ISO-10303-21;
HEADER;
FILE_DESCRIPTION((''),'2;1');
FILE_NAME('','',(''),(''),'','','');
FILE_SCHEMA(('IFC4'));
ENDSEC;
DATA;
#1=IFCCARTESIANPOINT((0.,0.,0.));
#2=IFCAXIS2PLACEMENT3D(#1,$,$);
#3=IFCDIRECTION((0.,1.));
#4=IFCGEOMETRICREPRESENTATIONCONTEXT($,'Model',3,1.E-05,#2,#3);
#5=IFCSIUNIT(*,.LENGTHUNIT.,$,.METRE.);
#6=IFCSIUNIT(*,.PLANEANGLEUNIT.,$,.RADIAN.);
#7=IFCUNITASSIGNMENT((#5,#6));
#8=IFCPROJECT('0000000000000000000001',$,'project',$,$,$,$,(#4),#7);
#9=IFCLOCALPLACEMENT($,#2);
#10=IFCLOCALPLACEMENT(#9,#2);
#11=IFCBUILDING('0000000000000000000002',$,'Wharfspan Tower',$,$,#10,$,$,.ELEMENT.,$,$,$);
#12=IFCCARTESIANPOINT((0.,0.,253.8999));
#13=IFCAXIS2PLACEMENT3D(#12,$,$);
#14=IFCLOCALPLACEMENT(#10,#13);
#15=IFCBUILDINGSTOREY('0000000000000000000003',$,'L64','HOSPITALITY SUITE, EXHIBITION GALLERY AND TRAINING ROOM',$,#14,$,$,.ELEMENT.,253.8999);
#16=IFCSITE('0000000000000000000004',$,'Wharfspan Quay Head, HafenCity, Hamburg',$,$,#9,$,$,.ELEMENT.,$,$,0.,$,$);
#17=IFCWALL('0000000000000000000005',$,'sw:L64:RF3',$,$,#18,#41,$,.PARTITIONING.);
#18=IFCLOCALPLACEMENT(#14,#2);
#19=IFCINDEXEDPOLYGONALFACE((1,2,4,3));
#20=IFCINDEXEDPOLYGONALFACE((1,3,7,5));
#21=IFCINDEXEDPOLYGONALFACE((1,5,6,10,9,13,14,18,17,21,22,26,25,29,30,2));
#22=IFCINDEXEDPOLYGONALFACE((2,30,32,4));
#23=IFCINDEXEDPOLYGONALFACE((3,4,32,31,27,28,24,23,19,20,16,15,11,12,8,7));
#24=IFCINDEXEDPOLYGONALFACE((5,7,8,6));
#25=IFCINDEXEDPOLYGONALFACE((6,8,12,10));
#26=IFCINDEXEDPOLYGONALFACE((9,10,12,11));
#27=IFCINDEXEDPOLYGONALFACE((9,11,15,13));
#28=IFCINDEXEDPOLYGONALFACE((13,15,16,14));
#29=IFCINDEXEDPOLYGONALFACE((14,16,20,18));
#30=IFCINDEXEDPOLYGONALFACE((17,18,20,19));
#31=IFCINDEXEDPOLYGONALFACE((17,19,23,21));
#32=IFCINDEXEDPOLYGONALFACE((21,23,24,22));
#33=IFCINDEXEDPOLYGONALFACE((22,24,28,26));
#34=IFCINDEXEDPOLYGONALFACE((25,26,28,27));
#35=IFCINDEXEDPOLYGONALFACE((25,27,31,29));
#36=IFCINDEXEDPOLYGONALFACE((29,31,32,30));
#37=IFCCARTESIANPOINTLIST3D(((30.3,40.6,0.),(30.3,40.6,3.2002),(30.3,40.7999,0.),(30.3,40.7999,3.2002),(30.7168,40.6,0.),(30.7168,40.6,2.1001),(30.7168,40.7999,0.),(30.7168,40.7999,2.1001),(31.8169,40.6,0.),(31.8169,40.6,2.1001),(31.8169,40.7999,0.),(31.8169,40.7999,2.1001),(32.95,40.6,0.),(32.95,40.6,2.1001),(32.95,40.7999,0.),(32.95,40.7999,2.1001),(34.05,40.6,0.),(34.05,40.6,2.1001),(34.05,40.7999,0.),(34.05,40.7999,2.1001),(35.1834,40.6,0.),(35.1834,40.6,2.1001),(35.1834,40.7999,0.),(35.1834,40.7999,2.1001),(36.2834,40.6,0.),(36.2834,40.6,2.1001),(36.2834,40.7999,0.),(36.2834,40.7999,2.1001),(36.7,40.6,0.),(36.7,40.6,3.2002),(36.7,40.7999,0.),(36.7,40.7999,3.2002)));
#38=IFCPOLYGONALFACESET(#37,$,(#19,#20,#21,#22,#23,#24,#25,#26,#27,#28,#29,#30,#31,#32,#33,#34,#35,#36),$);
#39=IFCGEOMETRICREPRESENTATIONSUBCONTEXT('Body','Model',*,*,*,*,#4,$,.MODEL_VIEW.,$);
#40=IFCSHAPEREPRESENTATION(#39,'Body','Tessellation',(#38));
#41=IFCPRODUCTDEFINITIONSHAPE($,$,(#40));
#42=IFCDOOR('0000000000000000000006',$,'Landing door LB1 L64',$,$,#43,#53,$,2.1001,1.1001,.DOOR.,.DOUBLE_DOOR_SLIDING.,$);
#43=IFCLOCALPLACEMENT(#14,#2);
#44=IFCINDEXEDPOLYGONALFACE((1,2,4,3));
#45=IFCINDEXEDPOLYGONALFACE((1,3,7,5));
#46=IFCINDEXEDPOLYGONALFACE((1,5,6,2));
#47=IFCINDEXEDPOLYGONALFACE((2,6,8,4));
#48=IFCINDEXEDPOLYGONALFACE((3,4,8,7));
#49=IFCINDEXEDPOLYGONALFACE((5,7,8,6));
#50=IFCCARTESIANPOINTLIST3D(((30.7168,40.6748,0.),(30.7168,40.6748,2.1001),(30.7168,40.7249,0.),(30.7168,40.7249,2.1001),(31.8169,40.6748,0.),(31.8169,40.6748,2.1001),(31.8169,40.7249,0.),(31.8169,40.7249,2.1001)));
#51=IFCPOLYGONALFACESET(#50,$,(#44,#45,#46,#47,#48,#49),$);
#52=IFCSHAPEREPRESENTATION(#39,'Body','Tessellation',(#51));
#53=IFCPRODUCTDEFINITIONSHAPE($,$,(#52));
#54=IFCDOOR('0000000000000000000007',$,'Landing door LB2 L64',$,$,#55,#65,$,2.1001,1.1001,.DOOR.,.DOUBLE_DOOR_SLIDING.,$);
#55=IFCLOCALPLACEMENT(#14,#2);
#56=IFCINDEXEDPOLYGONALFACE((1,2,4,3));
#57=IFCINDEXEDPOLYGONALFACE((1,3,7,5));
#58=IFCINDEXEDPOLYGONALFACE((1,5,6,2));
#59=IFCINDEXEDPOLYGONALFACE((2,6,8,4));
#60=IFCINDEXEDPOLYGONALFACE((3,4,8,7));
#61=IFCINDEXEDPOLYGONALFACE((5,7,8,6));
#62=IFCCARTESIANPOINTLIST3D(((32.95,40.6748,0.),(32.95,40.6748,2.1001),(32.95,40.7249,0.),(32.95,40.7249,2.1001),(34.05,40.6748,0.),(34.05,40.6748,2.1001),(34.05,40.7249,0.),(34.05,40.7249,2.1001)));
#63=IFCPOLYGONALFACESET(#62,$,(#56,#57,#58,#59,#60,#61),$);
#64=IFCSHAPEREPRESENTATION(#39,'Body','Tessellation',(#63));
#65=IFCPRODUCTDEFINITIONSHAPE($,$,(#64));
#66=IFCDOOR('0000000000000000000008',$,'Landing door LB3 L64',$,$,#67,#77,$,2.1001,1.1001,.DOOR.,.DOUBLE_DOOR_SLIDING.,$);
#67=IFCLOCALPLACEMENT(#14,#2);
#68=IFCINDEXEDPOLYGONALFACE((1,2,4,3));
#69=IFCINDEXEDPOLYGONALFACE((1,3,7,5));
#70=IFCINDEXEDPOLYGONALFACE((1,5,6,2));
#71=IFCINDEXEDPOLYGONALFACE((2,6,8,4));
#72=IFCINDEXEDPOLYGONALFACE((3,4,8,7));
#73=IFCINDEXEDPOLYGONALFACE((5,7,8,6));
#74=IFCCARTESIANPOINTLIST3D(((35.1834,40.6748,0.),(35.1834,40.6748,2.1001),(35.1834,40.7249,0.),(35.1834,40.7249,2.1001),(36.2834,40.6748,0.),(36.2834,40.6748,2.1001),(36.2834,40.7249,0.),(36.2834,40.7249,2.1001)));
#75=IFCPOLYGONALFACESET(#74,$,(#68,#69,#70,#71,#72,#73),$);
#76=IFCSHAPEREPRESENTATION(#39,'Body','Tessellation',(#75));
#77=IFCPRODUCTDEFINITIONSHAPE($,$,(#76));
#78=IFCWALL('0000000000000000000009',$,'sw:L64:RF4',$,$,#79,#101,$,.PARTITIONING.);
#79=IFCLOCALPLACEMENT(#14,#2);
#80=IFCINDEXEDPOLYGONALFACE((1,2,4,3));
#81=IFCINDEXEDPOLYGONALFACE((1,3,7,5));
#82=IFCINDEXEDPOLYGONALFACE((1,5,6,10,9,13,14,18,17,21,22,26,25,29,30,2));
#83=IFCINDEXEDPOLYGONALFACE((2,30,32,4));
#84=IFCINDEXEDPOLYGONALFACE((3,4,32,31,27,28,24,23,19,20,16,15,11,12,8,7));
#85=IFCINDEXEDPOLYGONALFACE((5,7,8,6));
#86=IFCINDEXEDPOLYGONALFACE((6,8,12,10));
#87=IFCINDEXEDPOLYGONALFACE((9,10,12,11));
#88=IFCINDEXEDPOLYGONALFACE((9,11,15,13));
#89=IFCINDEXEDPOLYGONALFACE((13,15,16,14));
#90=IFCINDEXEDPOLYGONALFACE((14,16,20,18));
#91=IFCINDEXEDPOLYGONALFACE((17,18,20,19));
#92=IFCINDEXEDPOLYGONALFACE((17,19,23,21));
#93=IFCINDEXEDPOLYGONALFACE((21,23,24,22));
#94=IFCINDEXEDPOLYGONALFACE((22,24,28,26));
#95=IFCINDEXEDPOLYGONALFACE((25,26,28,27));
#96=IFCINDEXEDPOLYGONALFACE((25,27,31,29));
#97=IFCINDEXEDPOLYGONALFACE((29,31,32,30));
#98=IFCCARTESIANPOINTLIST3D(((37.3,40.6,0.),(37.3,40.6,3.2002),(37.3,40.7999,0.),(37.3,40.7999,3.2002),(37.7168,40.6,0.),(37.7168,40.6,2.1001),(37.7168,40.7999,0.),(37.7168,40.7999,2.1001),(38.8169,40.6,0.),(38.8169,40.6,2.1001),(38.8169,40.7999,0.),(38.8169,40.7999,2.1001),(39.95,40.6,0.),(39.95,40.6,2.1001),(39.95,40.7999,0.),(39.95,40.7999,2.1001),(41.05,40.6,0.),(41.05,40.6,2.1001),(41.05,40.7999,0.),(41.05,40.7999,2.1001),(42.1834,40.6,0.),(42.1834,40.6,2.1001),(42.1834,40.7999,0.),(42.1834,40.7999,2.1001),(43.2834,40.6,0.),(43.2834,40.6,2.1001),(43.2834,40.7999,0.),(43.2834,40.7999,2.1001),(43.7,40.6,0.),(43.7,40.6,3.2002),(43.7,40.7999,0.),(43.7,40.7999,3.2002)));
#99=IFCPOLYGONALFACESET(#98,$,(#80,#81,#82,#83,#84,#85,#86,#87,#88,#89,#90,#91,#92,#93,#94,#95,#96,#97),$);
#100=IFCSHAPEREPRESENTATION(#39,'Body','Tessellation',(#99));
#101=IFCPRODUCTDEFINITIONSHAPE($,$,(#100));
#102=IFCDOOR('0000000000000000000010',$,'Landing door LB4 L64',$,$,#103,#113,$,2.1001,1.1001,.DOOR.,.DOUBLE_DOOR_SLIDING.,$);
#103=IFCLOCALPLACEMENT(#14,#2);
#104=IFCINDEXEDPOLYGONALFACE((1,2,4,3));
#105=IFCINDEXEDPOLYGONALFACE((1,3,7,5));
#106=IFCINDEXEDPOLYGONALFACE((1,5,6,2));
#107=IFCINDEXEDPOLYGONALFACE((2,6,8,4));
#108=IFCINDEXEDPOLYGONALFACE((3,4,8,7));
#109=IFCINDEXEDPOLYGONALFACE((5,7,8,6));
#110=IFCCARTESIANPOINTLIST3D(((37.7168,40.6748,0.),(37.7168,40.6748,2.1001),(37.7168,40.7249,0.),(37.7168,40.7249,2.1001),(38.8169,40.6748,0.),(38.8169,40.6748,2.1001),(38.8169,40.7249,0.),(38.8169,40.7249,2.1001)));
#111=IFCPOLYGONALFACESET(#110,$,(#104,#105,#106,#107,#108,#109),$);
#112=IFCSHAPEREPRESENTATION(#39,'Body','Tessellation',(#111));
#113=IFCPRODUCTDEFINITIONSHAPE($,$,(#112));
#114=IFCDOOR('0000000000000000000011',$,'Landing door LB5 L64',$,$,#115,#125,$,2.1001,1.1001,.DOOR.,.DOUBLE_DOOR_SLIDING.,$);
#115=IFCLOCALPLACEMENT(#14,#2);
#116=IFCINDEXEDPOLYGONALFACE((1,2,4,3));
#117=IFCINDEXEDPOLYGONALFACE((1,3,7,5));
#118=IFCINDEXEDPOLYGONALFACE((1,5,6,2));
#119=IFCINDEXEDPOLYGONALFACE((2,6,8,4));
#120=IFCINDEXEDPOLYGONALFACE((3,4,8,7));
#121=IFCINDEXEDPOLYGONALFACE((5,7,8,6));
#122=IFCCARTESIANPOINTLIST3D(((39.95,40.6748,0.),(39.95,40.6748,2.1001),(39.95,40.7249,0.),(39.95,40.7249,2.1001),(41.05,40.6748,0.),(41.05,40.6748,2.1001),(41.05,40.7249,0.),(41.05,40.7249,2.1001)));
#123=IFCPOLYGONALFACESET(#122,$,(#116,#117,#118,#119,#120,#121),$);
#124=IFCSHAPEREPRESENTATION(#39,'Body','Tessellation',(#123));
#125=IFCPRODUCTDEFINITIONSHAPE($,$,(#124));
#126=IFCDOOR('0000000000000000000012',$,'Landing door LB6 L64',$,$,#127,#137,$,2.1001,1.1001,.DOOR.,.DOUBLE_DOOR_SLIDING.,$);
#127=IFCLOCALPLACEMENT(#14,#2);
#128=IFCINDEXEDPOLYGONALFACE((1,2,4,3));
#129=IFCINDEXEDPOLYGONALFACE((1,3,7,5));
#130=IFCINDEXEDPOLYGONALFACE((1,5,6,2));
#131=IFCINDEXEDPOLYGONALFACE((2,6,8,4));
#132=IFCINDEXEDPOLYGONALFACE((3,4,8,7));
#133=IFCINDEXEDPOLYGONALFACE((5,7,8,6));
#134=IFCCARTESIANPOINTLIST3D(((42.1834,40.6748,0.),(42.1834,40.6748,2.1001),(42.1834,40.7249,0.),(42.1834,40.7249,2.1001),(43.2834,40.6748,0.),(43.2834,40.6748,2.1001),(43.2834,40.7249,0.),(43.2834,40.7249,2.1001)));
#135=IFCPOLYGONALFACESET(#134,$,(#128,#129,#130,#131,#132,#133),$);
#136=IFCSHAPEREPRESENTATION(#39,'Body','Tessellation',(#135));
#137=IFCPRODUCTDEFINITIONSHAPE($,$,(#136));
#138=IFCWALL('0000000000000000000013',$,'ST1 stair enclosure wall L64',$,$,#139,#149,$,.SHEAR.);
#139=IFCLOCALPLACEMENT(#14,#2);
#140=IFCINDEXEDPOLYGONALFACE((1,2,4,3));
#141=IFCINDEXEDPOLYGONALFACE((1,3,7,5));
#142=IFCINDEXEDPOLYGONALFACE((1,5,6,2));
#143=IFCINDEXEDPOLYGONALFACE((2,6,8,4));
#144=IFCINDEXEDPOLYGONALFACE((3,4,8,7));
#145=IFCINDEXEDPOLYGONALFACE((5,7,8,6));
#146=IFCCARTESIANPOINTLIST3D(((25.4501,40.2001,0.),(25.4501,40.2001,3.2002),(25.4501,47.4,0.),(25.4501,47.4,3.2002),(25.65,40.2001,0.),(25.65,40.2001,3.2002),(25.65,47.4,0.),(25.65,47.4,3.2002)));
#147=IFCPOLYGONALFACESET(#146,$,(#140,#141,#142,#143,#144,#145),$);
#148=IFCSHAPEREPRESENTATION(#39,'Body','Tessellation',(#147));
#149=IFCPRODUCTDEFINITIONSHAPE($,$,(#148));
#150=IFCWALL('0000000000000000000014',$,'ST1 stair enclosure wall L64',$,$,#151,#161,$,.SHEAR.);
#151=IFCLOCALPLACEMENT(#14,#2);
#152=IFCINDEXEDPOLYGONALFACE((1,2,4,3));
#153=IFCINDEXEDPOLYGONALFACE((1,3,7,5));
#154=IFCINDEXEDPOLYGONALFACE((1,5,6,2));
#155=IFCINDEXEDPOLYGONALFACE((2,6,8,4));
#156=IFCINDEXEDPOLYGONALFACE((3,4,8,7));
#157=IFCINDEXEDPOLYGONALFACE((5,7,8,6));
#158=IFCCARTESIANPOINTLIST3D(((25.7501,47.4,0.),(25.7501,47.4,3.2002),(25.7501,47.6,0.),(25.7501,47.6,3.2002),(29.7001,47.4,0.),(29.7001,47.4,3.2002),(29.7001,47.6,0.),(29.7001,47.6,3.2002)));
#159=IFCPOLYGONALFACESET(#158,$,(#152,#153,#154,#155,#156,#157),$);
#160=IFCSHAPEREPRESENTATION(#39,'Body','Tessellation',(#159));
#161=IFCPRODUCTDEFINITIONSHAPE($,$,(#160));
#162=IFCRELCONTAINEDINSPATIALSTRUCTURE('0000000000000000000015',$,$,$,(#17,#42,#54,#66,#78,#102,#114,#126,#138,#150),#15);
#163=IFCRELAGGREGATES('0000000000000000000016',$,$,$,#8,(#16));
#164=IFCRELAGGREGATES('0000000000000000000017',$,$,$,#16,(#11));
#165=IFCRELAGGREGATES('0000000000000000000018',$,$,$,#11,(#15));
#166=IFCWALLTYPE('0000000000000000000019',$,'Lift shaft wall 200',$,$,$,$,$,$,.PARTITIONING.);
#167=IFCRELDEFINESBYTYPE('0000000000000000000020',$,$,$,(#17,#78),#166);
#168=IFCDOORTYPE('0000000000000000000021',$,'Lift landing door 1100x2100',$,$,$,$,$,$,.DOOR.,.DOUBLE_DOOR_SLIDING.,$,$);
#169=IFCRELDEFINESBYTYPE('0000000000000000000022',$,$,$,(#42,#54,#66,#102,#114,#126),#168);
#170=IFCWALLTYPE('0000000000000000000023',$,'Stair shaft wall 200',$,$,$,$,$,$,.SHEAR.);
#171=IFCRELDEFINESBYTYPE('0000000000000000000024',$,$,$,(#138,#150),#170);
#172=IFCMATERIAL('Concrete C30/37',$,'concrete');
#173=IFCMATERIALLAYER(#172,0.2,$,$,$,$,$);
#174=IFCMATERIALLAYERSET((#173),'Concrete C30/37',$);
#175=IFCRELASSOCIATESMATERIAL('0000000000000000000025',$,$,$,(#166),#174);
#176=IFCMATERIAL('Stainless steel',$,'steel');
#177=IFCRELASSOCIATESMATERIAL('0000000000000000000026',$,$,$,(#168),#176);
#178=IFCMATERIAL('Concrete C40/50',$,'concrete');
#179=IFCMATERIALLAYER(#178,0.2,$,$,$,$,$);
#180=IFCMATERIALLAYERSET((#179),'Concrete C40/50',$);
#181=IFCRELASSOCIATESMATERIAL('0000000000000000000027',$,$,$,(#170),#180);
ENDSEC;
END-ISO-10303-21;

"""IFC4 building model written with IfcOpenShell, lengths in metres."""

from ifc_helpers import new_model, si_unit, direction, frame, frame_2d, origin, place, context, subcontext, project, spatial, rectangle, extrude, material, layer, layer_set, type_object, element, fill, save


model = new_model("IFC4")

# Units and contexts
model_context = context("Model", 3, precision=1e-05, world=origin(), true_north=direction((0.0, 1.0)))
body_context = subcontext(model_context, "Body", "Model", "MODEL_VIEW")
ifc_project = project(units=[si_unit("LENGTHUNIT", "METRE"), si_unit("PLANEANGLEUNIT", "RADIAN")], contexts=[model_context])

# Site, building, storey
site_placement = place(None, origin())
site = spatial("IfcSite", under=ifc_project, at=site_placement, Name="Wharfspan Quay Head, HafenCity, Hamburg", CompositionType="ELEMENT", RefElevation=0.0)
building_placement = place(site_placement, origin())
building = spatial("IfcBuilding", under=site, at=building_placement, Name="Wharfspan Tower", CompositionType="ELEMENT")
storey_placement = place(building_placement, frame((0.0, 0.0, 253.8999)))
storey = spatial("IfcBuildingStorey", under=building, at=storey_placement, Name="L64", Description="HOSPITALITY SUITE, EXHIBITION GALLERY AND TRAINING ROOM", CompositionType="ELEMENT", Elevation=253.8999)

# Walls, openings, doors
ifc_material_1 = material(Name="Concrete C30/37", Category="concrete")
ifc_layer_1 = layer(ifc_material_1, 0.2)
ifc_layer_set_1 = layer_set([ifc_layer_1], Name="Concrete C30/37")
wall_type_1 = type_object("IfcWallType", Name="Lift shaft wall 200", PredefinedType="PARTITIONING", material=ifc_layer_set_1)
wall_1_placement = place(storey_placement, frame((30.3, 40.7, 0.0), z_axis=(0.0, 0.0, 1.0), x_axis=(1.0, 0.0, 0.0)))
wall_1 = element("IfcWall", 1, at=wall_1_placement, inside=storey, type_object=wall_type_1, Name="sw:L64:RF3", PredefinedType="PARTITIONING", context=body_context, shape_type="SweptSolid", body=[
    extrude(rectangle(XDim=6.3999, YDim=0.2, at=frame_2d((3.2, 0.0))), origin(), (0.0, 0.0, 1.0), 3.2002),
])
opening_1_placement = place(wall_1_placement, frame((0.4167, 0.0, 0.0)))
opening_1 = element("IfcOpeningElement", 2, at=opening_1_placement, cuts=wall_1, PredefinedType="OPENING", context=body_context, shape_type="SweptSolid", body=[
    extrude(rectangle(XDim=1.1001, YDim=2.1001, at=frame_2d((0.55, 1.05))), frame((0.0, 0.1099, 0.0), z_axis=(0.0, -1.0, 0.0), x_axis=(1.0, 0.0, 0.0)), (0.0, 0.0, 1.0), 0.22),
])
opening_2_placement = place(wall_1_placement, frame((2.6499, 0.0, 0.0)))
opening_2 = element("IfcOpeningElement", 3, at=opening_2_placement, cuts=wall_1, PredefinedType="OPENING", context=body_context, shape_type="SweptSolid", body=[
    extrude(rectangle(XDim=1.1001, YDim=2.1001, at=frame_2d((0.55, 1.05))), frame((0.0, 0.1099, 0.0), z_axis=(0.0, -1.0, 0.0), x_axis=(1.0, 0.0, 0.0)), (0.0, 0.0, 1.0), 0.22),
])
opening_3_placement = place(wall_1_placement, frame((4.8833, 0.0, 0.0)))
opening_3 = element("IfcOpeningElement", 4, at=opening_3_placement, cuts=wall_1, PredefinedType="OPENING", context=body_context, shape_type="SweptSolid", body=[
    extrude(rectangle(XDim=1.1001, YDim=2.1001, at=frame_2d((0.55, 1.05))), frame((0.0, 0.1099, 0.0), z_axis=(0.0, -1.0, 0.0), x_axis=(1.0, 0.0, 0.0)), (0.0, 0.0, 1.0), 0.22),
])
ifc_material_2 = material(Name="Stainless steel", Category="steel")
door_type = type_object("IfcDoorType", Name="Lift landing door 1100x2100", OperationType="DOUBLE_DOOR_SLIDING", PredefinedType="DOOR", material=ifc_material_2)
door_1_placement = place(opening_1_placement, origin())
door_1 = element("IfcDoor", 5, at=door_1_placement, inside=storey, type_object=door_type, Name="Landing door LB1 L64", OperationType="DOUBLE_DOOR_SLIDING", OverallHeight=2.1001, OverallWidth=1.1001, PredefinedType="DOOR", context=body_context, shape_type="SweptSolid", body=[
    extrude(rectangle(XDim=1.1001, YDim=2.1001, at=frame_2d((0.55, 1.05))), frame((0.0, 0.0249, 0.0), z_axis=(0.0, -1.0, 0.0), x_axis=(1.0, 0.0, 0.0)), (0.0, 0.0, 1.0), 0.05),
])
fill(opening_1, door_1)
door_2_placement = place(opening_2_placement, origin())
door_2 = element("IfcDoor", 6, at=door_2_placement, inside=storey, type_object=door_type, Name="Landing door LB2 L64", OperationType="DOUBLE_DOOR_SLIDING", OverallHeight=2.1001, OverallWidth=1.1001, PredefinedType="DOOR", context=body_context, shape_type="SweptSolid", body=[
    extrude(rectangle(XDim=1.1001, YDim=2.1001, at=frame_2d((0.55, 1.05))), frame((0.0, 0.0249, 0.0), z_axis=(0.0, -1.0, 0.0), x_axis=(1.0, 0.0, 0.0)), (0.0, 0.0, 1.0), 0.05),
])
fill(opening_2, door_2)
door_3_placement = place(opening_3_placement, origin())
door_3 = element("IfcDoor", 7, at=door_3_placement, inside=storey, type_object=door_type, Name="Landing door LB3 L64", OperationType="DOUBLE_DOOR_SLIDING", OverallHeight=2.1001, OverallWidth=1.1001, PredefinedType="DOOR", context=body_context, shape_type="SweptSolid", body=[
    extrude(rectangle(XDim=1.1001, YDim=2.1001, at=frame_2d((0.55, 1.05))), frame((0.0, 0.0249, 0.0), z_axis=(0.0, -1.0, 0.0), x_axis=(1.0, 0.0, 0.0)), (0.0, 0.0, 1.0), 0.05),
])
fill(opening_3, door_3)
wall_2_placement = place(storey_placement, frame((37.3, 40.7, 0.0), z_axis=(0.0, 0.0, 1.0), x_axis=(1.0, 0.0, 0.0)))
wall_2 = element("IfcWall", 8, at=wall_2_placement, inside=storey, type_object=wall_type_1, Name="sw:L64:RF4", PredefinedType="PARTITIONING", context=body_context, shape_type="SweptSolid", body=[
    extrude(rectangle(XDim=6.3999, YDim=0.2, at=frame_2d((3.2, 0.0))), origin(), (0.0, 0.0, 1.0), 3.2002),
])
opening_4_placement = place(wall_2_placement, frame((0.4167, 0.0, 0.0)))
opening_4 = element("IfcOpeningElement", 9, at=opening_4_placement, cuts=wall_2, PredefinedType="OPENING", context=body_context, shape_type="SweptSolid", body=[
    extrude(rectangle(XDim=1.1001, YDim=2.1001, at=frame_2d((0.55, 1.05))), frame((0.0, 0.1099, 0.0), z_axis=(0.0, -1.0, 0.0), x_axis=(1.0, 0.0, 0.0)), (0.0, 0.0, 1.0), 0.22),
])
opening_5_placement = place(wall_2_placement, frame((2.6499, 0.0, 0.0)))
opening_5 = element("IfcOpeningElement", 10, at=opening_5_placement, cuts=wall_2, PredefinedType="OPENING", context=body_context, shape_type="SweptSolid", body=[
    extrude(rectangle(XDim=1.1001, YDim=2.1001, at=frame_2d((0.55, 1.05))), frame((0.0, 0.1099, 0.0), z_axis=(0.0, -1.0, 0.0), x_axis=(1.0, 0.0, 0.0)), (0.0, 0.0, 1.0), 0.22),
])
opening_6_placement = place(wall_2_placement, frame((4.8833, 0.0, 0.0)))
opening_6 = element("IfcOpeningElement", 11, at=opening_6_placement, cuts=wall_2, PredefinedType="OPENING", context=body_context, shape_type="SweptSolid", body=[
    extrude(rectangle(XDim=1.1001, YDim=2.1001, at=frame_2d((0.55, 1.05))), frame((0.0, 0.1099, 0.0), z_axis=(0.0, -1.0, 0.0), x_axis=(1.0, 0.0, 0.0)), (0.0, 0.0, 1.0), 0.22),
])
door_4_placement = place(opening_4_placement, origin())
door_4 = element("IfcDoor", 12, at=door_4_placement, inside=storey, type_object=door_type, Name="Landing door LB4 L64", OperationType="DOUBLE_DOOR_SLIDING", OverallHeight=2.1001, OverallWidth=1.1001, PredefinedType="DOOR", context=body_context, shape_type="SweptSolid", body=[
    extrude(rectangle(XDim=1.1001, YDim=2.1001, at=frame_2d((0.55, 1.05))), frame((0.0, 0.0249, 0.0), z_axis=(0.0, -1.0, 0.0), x_axis=(1.0, 0.0, 0.0)), (0.0, 0.0, 1.0), 0.05),
])
fill(opening_4, door_4)
door_5_placement = place(opening_5_placement, origin())
door_5 = element("IfcDoor", 13, at=door_5_placement, inside=storey, type_object=door_type, Name="Landing door LB5 L64", OperationType="DOUBLE_DOOR_SLIDING", OverallHeight=2.1001, OverallWidth=1.1001, PredefinedType="DOOR", context=body_context, shape_type="SweptSolid", body=[
    extrude(rectangle(XDim=1.1001, YDim=2.1001, at=frame_2d((0.55, 1.05))), frame((0.0, 0.0249, 0.0), z_axis=(0.0, -1.0, 0.0), x_axis=(1.0, 0.0, 0.0)), (0.0, 0.0, 1.0), 0.05),
])
fill(opening_5, door_5)
door_6_placement = place(opening_6_placement, origin())
door_6 = element("IfcDoor", 14, at=door_6_placement, inside=storey, type_object=door_type, Name="Landing door LB6 L64", OperationType="DOUBLE_DOOR_SLIDING", OverallHeight=2.1001, OverallWidth=1.1001, PredefinedType="DOOR", context=body_context, shape_type="SweptSolid", body=[
    extrude(rectangle(XDim=1.1001, YDim=2.1001, at=frame_2d((0.55, 1.05))), frame((0.0, 0.0249, 0.0), z_axis=(0.0, -1.0, 0.0), x_axis=(1.0, 0.0, 0.0)), (0.0, 0.0, 1.0), 0.05),
])
fill(opening_6, door_6)

# Walls
ifc_material_3 = material(Name="Concrete C40/50", Category="concrete")
ifc_layer_2 = layer(ifc_material_3, 0.2)
ifc_layer_set_2 = layer_set([ifc_layer_2], Name="Concrete C40/50")
wall_type_2 = type_object("IfcWallType", Name="Stair shaft wall 200", PredefinedType="SHEAR", material=ifc_layer_set_2)
wall_3_placement = place(storey_placement, frame((25.55, 40.2, 0.0), z_axis=(0.0, 0.0, 1.0), x_axis=(0.0, 1.0, 0.0)))
element("IfcWall", 15, at=wall_3_placement, inside=storey, type_object=wall_type_2, Name="ST1 stair enclosure wall L64", PredefinedType="SHEAR", context=body_context, shape_type="SweptSolid", body=[
    extrude(rectangle(XDim=7.2, YDim=0.2, at=frame_2d((3.6001, 0.0))), origin(), (0.0, 0.0, 1.0), 3.2002),
])
wall_4_placement = place(storey_placement, frame((25.75, 47.5, 0.0), z_axis=(0.0, 0.0, 1.0), x_axis=(1.0, 0.0, 0.0)))
element("IfcWall", 16, at=wall_4_placement, inside=storey, type_object=wall_type_2, Name="ST1 stair enclosure wall L64", PredefinedType="SHEAR", context=body_context, shape_type="SweptSolid", body=[
    extrude(rectangle(XDim=3.95, YDim=0.2, at=frame_2d((1.9751, 0.0))), origin(), (0.0, 0.0, 1.0), 3.2002),
])

save(model, "model.ifc")
